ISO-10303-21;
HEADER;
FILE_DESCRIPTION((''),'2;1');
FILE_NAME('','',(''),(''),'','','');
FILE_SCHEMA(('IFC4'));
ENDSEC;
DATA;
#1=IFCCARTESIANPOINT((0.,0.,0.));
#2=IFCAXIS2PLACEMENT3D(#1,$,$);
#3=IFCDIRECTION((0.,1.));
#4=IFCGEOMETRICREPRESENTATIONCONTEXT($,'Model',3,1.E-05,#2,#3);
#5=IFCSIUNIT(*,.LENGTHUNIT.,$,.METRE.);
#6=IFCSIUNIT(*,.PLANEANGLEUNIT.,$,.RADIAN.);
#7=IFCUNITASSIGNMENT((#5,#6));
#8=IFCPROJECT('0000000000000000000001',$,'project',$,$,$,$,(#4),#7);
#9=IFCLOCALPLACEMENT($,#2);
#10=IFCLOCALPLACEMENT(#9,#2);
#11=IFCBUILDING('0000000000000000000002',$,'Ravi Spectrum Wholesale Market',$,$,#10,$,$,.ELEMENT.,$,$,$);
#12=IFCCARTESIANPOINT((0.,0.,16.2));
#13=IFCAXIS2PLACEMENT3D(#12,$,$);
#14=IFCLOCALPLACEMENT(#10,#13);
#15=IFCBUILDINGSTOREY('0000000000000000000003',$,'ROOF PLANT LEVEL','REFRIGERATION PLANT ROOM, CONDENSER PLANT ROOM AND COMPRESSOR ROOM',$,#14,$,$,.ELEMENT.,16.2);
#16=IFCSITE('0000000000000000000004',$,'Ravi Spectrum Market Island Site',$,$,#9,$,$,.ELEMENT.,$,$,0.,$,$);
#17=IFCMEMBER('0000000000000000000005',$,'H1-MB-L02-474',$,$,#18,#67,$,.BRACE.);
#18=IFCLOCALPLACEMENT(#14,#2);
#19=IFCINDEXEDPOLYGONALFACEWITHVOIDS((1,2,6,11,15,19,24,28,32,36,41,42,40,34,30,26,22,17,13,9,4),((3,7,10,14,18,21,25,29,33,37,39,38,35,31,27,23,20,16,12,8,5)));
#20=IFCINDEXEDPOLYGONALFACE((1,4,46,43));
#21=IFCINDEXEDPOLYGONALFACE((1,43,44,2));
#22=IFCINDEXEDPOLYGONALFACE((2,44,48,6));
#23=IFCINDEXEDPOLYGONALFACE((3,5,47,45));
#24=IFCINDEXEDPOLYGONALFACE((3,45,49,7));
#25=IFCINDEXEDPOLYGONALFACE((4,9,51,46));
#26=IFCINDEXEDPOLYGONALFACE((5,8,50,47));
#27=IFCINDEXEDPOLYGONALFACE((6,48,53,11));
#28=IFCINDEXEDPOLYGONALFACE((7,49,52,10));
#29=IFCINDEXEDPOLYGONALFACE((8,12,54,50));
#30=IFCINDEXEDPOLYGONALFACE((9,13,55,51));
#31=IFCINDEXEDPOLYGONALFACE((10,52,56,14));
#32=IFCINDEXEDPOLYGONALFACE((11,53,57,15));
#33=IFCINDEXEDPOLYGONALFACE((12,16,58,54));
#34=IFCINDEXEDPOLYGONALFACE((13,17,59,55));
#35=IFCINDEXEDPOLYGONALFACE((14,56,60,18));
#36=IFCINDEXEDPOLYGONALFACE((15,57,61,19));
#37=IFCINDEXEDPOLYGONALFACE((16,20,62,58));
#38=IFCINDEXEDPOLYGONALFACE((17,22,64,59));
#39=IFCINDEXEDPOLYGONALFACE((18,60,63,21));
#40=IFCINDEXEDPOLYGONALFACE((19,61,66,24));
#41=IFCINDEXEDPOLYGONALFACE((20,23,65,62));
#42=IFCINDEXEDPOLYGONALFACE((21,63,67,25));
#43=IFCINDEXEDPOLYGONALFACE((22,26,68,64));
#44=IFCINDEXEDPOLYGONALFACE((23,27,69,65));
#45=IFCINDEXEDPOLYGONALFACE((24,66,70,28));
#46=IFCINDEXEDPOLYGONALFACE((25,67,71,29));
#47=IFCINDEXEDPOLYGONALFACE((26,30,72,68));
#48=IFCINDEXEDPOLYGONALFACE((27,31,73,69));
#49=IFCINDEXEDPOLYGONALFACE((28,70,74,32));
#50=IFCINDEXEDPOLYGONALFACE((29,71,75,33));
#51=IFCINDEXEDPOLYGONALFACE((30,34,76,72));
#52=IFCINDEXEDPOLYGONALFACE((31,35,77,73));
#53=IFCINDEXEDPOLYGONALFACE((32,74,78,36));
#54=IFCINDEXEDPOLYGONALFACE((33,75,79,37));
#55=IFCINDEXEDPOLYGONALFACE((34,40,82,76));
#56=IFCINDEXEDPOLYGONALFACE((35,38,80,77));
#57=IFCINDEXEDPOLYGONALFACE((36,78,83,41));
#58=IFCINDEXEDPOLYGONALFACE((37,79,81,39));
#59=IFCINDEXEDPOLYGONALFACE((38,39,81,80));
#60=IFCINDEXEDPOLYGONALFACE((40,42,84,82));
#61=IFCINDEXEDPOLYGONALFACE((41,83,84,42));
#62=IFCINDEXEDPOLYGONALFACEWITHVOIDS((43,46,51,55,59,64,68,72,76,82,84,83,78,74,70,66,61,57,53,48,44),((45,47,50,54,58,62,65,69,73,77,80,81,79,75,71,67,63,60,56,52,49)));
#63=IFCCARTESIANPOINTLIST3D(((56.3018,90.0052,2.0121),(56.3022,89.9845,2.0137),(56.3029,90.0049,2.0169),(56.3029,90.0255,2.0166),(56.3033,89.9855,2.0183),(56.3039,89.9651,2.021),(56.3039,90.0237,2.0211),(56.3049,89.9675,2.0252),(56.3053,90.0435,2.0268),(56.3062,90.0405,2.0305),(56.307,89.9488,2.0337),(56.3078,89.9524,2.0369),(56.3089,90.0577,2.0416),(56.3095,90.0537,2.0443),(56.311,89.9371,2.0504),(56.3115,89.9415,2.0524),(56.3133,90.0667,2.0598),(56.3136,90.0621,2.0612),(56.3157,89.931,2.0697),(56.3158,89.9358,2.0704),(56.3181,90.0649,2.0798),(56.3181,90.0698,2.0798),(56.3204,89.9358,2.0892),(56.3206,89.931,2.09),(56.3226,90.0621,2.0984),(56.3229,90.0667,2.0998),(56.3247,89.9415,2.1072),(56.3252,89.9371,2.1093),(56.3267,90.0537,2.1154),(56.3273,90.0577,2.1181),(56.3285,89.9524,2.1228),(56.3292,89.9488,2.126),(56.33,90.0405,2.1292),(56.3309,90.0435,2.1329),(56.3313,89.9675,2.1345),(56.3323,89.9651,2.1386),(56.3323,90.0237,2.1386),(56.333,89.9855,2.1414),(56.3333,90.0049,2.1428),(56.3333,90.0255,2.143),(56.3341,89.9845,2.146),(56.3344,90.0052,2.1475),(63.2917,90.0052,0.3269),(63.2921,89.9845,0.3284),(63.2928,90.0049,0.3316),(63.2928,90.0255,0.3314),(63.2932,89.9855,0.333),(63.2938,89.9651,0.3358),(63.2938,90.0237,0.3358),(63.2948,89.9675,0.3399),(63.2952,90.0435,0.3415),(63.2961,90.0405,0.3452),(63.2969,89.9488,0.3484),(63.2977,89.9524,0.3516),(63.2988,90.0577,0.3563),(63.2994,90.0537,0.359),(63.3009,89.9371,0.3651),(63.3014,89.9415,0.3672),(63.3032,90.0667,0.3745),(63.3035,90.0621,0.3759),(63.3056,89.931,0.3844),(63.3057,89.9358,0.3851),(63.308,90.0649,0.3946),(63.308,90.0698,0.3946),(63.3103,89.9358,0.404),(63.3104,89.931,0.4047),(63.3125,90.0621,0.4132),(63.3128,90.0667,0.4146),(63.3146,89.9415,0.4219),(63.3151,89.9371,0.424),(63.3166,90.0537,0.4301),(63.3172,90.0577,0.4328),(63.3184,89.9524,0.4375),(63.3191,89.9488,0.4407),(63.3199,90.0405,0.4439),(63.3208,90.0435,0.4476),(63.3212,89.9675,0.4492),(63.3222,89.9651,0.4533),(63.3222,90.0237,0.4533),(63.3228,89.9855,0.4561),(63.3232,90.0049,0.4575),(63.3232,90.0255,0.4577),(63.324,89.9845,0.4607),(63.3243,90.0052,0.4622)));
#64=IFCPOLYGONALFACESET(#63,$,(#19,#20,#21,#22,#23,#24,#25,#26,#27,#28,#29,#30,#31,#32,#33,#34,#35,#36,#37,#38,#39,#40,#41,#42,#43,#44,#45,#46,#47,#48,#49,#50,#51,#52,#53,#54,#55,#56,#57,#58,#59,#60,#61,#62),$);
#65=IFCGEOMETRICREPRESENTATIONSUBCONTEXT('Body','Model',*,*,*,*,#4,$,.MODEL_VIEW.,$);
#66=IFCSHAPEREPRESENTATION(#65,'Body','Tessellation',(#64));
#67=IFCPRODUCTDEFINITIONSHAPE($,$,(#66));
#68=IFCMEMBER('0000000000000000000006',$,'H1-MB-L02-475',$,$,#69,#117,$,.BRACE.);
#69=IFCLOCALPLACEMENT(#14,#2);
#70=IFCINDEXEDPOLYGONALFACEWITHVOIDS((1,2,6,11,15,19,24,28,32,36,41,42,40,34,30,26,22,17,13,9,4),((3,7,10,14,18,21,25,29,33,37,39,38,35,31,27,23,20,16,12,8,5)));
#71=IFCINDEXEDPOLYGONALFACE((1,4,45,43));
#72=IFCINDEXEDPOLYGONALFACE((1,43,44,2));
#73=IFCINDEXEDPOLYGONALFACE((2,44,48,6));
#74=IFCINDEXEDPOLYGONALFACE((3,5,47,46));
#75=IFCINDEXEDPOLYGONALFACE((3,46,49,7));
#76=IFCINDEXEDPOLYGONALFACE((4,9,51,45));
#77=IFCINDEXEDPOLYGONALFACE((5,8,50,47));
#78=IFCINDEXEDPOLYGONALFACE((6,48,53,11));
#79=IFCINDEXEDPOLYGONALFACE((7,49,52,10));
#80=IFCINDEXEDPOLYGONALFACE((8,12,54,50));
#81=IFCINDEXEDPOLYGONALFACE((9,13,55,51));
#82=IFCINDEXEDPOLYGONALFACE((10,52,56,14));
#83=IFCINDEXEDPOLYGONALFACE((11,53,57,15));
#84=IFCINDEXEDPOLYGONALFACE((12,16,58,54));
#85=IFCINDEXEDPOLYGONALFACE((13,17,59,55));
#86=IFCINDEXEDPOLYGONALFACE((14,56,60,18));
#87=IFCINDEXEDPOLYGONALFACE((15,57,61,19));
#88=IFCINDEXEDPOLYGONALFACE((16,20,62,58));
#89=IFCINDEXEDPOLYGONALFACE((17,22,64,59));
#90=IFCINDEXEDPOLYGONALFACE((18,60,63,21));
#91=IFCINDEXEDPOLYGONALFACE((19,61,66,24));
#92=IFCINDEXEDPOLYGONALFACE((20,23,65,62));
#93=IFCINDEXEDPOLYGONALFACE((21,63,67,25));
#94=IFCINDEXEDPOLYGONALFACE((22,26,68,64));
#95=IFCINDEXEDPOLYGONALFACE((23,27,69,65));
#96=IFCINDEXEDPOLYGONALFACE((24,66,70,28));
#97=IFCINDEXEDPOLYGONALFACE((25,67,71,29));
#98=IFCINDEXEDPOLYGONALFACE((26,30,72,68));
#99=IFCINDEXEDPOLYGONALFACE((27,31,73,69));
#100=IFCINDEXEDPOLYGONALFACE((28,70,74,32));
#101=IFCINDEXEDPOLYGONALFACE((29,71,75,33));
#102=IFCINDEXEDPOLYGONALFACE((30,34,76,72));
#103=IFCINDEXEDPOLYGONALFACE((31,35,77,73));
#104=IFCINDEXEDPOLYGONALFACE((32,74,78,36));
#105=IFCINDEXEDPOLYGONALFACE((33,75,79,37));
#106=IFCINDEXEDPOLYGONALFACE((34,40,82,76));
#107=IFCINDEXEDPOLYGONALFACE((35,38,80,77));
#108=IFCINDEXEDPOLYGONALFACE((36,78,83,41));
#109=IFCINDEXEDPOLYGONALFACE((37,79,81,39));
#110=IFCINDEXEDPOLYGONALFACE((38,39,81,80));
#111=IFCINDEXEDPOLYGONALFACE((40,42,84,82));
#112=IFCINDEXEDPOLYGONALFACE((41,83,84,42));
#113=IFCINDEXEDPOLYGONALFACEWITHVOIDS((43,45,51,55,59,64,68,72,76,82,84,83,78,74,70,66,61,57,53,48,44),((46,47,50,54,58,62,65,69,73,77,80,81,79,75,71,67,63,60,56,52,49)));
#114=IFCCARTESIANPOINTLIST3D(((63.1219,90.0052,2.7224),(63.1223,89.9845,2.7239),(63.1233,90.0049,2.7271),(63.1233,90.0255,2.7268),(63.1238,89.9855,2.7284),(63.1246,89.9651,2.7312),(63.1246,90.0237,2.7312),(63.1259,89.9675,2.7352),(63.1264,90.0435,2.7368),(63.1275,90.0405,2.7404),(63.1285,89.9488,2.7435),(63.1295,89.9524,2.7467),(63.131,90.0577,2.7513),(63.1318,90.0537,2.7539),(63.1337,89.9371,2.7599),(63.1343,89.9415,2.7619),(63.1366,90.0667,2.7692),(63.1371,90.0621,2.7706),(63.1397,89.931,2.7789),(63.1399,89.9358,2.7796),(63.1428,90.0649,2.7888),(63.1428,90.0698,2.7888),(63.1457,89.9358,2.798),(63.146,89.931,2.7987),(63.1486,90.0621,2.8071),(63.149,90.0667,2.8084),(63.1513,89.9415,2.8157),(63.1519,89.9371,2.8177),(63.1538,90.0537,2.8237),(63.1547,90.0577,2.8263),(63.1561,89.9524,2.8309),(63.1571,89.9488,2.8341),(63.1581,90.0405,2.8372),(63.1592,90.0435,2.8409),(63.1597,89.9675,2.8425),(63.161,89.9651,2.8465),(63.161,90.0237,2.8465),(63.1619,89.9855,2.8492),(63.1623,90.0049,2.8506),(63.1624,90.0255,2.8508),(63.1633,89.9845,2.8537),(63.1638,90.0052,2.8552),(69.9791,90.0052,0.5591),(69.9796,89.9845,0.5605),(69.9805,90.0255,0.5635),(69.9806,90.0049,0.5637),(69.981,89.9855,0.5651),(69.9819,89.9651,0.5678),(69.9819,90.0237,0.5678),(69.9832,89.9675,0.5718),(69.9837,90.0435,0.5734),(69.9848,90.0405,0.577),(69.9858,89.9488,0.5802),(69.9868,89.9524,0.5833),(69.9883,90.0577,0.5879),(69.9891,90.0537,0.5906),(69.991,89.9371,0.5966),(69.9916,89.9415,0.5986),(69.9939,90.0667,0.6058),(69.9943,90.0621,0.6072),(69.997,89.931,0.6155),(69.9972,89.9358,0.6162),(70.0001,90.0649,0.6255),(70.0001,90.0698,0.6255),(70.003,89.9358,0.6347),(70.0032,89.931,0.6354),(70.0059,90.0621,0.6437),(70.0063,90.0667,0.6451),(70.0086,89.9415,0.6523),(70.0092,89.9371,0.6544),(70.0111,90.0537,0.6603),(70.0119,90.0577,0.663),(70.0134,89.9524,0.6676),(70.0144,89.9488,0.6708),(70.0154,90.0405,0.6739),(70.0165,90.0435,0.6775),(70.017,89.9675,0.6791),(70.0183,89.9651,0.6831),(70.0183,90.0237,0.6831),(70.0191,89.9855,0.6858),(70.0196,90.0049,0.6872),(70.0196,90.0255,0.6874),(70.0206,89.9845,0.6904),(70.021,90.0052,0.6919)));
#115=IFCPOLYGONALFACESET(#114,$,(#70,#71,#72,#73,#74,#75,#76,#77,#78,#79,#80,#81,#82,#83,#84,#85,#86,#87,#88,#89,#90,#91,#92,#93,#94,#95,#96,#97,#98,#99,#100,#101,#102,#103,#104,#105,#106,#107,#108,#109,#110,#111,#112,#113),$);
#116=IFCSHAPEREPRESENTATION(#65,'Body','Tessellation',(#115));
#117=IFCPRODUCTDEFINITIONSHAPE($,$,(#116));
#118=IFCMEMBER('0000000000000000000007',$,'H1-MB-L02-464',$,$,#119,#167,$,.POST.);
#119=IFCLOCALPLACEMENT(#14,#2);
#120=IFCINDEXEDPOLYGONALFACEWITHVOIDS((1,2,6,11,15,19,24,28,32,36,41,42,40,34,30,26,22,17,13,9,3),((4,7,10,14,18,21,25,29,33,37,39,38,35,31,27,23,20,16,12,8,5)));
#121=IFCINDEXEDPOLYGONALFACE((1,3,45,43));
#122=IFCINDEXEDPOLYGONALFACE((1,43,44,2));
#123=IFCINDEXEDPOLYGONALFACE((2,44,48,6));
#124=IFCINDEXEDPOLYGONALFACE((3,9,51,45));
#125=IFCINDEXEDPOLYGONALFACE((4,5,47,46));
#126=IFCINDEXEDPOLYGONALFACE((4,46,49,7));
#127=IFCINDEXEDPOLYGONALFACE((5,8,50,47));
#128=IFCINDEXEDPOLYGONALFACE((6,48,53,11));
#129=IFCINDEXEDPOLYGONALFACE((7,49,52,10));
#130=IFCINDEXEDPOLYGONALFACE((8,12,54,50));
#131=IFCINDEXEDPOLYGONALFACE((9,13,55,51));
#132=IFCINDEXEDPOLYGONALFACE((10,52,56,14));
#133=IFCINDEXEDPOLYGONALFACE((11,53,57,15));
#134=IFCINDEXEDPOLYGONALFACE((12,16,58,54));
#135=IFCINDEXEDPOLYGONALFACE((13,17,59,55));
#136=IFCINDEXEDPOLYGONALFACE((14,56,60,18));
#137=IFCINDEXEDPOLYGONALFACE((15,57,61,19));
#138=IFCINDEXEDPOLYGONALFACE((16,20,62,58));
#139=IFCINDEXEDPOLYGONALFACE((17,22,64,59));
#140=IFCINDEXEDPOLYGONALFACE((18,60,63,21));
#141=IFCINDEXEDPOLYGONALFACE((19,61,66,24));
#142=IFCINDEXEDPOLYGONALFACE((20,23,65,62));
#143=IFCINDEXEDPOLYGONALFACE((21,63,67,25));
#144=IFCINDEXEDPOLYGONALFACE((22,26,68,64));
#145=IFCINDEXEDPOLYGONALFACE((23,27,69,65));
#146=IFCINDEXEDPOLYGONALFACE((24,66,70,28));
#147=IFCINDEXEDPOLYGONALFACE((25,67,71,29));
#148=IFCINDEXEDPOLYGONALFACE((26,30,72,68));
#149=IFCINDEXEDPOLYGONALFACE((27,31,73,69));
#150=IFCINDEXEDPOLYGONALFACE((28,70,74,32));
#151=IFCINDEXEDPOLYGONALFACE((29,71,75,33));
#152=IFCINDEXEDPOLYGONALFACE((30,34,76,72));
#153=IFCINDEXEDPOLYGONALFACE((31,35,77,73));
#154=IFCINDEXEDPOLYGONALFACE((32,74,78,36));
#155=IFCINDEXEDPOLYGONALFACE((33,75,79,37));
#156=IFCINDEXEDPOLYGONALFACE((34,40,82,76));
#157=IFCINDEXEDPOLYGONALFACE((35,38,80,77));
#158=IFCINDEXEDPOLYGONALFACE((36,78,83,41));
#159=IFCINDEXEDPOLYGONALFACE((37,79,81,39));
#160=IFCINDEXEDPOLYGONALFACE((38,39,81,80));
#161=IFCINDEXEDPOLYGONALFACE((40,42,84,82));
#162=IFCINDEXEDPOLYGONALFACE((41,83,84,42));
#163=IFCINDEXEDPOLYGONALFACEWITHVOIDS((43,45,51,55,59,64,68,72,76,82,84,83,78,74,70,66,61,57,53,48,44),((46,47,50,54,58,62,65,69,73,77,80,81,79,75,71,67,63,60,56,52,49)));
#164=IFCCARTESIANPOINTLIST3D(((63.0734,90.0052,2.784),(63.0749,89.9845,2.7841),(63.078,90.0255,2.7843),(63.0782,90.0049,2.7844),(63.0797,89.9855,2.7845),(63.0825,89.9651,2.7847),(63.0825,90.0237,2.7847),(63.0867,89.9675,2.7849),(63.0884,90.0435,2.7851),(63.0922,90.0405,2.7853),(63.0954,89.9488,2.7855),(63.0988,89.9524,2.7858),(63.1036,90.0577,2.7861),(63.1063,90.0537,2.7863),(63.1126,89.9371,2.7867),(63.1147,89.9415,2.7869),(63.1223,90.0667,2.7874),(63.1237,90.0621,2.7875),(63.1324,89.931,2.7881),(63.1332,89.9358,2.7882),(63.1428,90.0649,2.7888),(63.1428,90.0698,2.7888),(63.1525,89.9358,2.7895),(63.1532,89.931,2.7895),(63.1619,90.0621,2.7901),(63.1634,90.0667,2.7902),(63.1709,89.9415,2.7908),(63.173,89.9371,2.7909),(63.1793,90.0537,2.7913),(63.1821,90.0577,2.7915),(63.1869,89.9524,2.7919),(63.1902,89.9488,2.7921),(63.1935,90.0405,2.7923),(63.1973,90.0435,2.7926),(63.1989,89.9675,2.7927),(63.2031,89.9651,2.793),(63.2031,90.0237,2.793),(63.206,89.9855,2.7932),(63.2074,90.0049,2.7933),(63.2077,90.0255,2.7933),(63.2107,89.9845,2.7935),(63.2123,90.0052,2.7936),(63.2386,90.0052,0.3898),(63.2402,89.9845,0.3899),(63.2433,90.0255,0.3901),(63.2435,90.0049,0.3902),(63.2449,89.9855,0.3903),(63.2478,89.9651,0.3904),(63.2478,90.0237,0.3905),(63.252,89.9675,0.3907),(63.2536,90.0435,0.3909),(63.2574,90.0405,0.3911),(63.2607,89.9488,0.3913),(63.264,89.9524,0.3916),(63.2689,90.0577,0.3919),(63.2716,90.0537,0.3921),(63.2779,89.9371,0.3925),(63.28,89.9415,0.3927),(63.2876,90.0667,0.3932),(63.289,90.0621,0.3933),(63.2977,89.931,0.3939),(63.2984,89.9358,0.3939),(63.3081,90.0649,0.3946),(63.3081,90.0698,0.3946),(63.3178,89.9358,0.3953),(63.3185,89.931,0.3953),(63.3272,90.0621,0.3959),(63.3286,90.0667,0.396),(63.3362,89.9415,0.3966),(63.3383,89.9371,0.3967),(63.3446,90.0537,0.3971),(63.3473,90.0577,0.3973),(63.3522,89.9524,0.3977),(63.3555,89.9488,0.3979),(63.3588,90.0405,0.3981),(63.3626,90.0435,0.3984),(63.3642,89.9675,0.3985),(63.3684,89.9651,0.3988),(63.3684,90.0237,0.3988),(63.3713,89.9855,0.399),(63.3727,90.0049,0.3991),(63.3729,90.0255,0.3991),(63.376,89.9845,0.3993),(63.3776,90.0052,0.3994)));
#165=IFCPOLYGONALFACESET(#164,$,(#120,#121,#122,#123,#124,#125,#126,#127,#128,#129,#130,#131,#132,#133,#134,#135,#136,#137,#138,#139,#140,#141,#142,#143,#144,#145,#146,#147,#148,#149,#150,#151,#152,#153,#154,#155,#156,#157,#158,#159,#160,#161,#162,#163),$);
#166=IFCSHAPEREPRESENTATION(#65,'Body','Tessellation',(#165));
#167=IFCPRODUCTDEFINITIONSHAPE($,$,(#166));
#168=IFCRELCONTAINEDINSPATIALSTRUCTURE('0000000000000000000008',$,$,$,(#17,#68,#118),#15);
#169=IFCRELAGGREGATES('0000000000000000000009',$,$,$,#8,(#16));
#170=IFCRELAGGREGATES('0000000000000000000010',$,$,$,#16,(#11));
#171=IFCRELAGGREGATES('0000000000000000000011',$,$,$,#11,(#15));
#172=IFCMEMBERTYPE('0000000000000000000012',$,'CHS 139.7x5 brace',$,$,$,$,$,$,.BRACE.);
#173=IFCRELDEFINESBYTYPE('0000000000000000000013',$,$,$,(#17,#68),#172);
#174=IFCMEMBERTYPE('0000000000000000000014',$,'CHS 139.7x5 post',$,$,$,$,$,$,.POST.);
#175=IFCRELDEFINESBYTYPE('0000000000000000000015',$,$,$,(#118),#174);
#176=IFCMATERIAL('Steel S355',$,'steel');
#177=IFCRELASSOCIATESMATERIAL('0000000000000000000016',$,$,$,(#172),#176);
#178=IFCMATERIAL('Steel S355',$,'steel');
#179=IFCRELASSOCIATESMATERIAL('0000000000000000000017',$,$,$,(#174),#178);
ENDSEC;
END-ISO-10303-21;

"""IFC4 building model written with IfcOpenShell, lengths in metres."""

from ifc_helpers import new_model, si_unit, direction, frame, origin, origin_2d, place, context, subcontext, project, spatial, hollow_circle, extrude, material, material_profile, profile_set, type_object, element, save


model = new_model("IFC4")

# Units and contexts
model_context = context("Model", 3, precision=1e-05, world=origin(), true_north=direction((0.0, 1.0)))
body_context = subcontext(model_context, "Body", "Model", "MODEL_VIEW")
ifc_project = project(units=[si_unit("LENGTHUNIT", "METRE"), si_unit("PLANEANGLEUNIT", "RADIAN")], contexts=[model_context])

# Site, building, storey
site_placement = place(None, origin())
site = spatial("IfcSite", under=ifc_project, at=site_placement, Name="Ravi Spectrum Market Island Site", CompositionType="ELEMENT", RefElevation=0.0)
building_placement = place(site_placement, origin())
building = spatial("IfcBuilding", under=site, at=building_placement, Name="Ravi Spectrum Wholesale Market", CompositionType="ELEMENT")
storey_placement = place(building_placement, frame((0.0, 0.0, 16.2)))
storey = spatial("IfcBuildingStorey", under=building, at=storey_placement, Name="ROOF PLANT LEVEL", Description="REFRIGERATION PLANT ROOM, CONDENSER PLANT ROOM AND COMPRESSOR ROOM", CompositionType="ELEMENT", Elevation=16.2)

# Members
ifc_material_1 = material(Name="Steel S355", Category="steel")
ifc_material_profile_1 = material_profile(ifc_material_1, hollow_circle(Radius=0.0698, WallThickness=0.0049, at=origin_2d()))
ifc_profile_set_1 = profile_set([ifc_material_profile_1], Name="Steel S355")
member_type_1 = type_object("IfcMemberType", Name="CHS 139.7x5 brace", PredefinedType="BRACE", material=ifc_profile_set_1)
member_1_placement = place(storey_placement, frame((56.3181, 90.0, 2.0798), z_axis=(0.972144, 0.0, -0.234386), x_axis=(0.0, 1.0, 0.0)))
element("IfcMember", 1, at=member_1_placement, inside=storey, type_object=member_type_1, Name="H1-MB-L02-474", PredefinedType="BRACE", context=body_context, shape_type="SweptSolid", body=[
    extrude(hollow_circle(Radius=0.0698, WallThickness=0.0049, at=origin_2d()), origin(), (0.0, 0.0, 1.0), 7.1902),
])
member_2_placement = place(storey_placement, frame((63.1428, 90.0, 2.7888), z_axis=(0.953666, 0.0, -0.300866), x_axis=(0.0, 1.0, 0.0)))
element("IfcMember", 2, at=member_2_placement, inside=storey, type_object=member_type_1, Name="H1-MB-L02-475", PredefinedType="BRACE", context=body_context, shape_type="SweptSolid", body=[
    extrude(hollow_circle(Radius=0.0698, WallThickness=0.0049, at=origin_2d()), origin(), (0.0, 0.0, 1.0), 7.1904),
])
ifc_material_2 = material(Name="Steel S355", Category="steel")
ifc_material_profile_2 = material_profile(ifc_material_2, hollow_circle(Radius=0.0698, WallThickness=0.0049, at=origin_2d()))
ifc_profile_set_2 = profile_set([ifc_material_profile_2], Name="Steel S355")
member_type_2 = type_object("IfcMemberType", Name="CHS 139.7x5 post", PredefinedType="POST", material=ifc_profile_set_2)
member_3_placement = place(storey_placement, frame((63.1428, 90.0, 2.7888), z_axis=(0.068868, 0.0, -0.997626), x_axis=(0.0, 1.0, 0.0)))
element("IfcMember", 3, at=member_3_placement, inside=storey, type_object=member_type_2, Name="H1-MB-L02-464", PredefinedType="POST", context=body_context, shape_type="SweptSolid", body=[
    extrude(hollow_circle(Radius=0.0698, WallThickness=0.0049, at=origin_2d()), origin(), (0.0, 0.0, 1.0), 2.3999),
])

save(model, "model.ifc")
